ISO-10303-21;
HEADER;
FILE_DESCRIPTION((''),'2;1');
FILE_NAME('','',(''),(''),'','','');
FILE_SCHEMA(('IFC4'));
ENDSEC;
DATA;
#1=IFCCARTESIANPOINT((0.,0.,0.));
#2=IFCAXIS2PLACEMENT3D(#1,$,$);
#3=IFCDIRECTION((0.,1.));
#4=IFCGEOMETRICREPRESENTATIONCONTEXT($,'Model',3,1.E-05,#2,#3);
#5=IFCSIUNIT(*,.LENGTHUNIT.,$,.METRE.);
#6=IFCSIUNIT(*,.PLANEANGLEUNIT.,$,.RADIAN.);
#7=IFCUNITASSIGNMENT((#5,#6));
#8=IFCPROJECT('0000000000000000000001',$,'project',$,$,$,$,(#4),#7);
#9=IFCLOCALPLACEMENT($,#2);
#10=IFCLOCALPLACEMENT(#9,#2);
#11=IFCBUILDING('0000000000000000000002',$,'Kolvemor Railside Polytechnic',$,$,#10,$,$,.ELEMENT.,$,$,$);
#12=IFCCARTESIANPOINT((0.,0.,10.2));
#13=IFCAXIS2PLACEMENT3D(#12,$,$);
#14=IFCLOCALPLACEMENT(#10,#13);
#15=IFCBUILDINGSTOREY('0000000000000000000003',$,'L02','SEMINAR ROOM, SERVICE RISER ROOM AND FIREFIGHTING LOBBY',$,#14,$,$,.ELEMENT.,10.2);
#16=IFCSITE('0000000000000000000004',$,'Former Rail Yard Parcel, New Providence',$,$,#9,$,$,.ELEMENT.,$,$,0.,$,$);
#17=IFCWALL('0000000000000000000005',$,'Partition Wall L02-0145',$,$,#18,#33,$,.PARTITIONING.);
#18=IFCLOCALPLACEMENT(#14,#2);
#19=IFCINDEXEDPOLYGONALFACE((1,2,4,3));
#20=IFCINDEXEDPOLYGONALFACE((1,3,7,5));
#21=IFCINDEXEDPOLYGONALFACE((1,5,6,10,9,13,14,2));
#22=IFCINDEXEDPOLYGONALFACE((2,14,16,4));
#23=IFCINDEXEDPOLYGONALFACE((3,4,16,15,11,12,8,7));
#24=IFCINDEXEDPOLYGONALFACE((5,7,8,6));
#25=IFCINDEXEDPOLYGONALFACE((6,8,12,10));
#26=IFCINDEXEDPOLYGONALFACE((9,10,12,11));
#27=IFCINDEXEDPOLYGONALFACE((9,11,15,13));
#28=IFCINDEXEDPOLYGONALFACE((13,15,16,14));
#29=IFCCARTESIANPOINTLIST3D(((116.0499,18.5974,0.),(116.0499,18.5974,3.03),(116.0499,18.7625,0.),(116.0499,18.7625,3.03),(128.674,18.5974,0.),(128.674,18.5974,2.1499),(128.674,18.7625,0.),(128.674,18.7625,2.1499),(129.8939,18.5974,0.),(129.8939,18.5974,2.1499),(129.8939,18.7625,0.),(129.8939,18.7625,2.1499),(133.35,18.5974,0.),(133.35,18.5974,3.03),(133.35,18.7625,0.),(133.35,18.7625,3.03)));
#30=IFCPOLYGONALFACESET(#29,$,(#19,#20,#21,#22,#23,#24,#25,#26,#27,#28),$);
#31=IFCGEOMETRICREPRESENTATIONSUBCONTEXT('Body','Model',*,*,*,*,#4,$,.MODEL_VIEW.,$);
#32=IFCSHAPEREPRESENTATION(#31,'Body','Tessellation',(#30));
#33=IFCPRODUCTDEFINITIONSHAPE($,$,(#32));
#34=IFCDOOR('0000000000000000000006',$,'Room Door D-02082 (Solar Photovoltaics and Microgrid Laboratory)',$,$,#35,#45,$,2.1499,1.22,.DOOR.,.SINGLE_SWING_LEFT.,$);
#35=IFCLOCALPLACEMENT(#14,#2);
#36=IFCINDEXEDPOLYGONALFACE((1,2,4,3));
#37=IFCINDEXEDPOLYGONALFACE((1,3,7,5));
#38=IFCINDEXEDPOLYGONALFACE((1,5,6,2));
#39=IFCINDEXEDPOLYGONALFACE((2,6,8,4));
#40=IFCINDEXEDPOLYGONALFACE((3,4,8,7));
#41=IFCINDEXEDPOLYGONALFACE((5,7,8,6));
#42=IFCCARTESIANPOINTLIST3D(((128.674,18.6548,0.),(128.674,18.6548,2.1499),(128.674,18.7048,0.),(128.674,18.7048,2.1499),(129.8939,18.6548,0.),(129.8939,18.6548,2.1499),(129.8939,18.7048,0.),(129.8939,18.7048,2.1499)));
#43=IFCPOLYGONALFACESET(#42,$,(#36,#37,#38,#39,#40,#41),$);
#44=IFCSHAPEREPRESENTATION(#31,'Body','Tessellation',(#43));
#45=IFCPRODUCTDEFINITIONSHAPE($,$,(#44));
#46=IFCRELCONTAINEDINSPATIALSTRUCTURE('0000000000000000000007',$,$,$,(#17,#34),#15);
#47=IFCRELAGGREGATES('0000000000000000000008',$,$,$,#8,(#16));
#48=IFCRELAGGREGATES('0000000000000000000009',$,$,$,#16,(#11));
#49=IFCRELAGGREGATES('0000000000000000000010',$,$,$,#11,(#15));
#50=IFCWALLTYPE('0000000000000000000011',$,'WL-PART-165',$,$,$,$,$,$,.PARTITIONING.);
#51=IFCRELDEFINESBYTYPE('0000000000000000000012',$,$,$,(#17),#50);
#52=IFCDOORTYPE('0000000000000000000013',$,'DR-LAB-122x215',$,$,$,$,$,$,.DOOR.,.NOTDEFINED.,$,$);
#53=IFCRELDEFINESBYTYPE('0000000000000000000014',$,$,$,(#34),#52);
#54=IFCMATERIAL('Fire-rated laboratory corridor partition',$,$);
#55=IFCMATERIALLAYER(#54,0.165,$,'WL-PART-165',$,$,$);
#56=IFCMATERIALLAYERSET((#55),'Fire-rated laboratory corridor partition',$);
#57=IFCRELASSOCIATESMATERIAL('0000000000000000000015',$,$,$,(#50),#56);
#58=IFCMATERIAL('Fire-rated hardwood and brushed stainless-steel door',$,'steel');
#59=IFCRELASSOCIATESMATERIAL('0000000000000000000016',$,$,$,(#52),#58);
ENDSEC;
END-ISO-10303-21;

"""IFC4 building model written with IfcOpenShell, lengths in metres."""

from ifc_helpers import new_model, si_unit, direction, frame, frame_2d, origin, place, context, subcontext, project, spatial, rectangle, extrude, material, layer, layer_set, type_object, element, fill, save


model = new_model("IFC4")

# Units and contexts
model_context = context("Model", 3, precision=1e-05, world=origin(), true_north=direction((0.0, 1.0)))
body_context = subcontext(model_context, "Body", "Model", "MODEL_VIEW")
ifc_project = project(units=[si_unit("LENGTHUNIT", "METRE"), si_unit("PLANEANGLEUNIT", "RADIAN")], contexts=[model_context])

# Site, building, storey
site_placement = place(None, origin())
site = spatial("IfcSite", under=ifc_project, at=site_placement, Name="Former Rail Yard Parcel, New Providence", CompositionType="ELEMENT", RefElevation=0.0)
building_placement = place(site_placement, origin())
building = spatial("IfcBuilding", under=site, at=building_placement, Name="Kolvemor Railside Polytechnic", CompositionType="ELEMENT")
storey_placement = place(building_placement, frame((0.0, 0.0, 10.2)))
storey = spatial("IfcBuildingStorey", under=building, at=storey_placement, Name="L02", Description="SEMINAR ROOM, SERVICE RISER ROOM AND FIREFIGHTING LOBBY", CompositionType="ELEMENT", Elevation=10.2)

# Wall, opening, door
ifc_material_1 = material(Name="Fire-rated laboratory corridor partition")
ifc_layer_1 = layer(ifc_material_1, 0.165, Name="WL-PART-165")
ifc_layer_set_1 = layer_set([ifc_layer_1], Name="Fire-rated laboratory corridor partition")
wall_type_1 = type_object("IfcWallType", Name="WL-PART-165", PredefinedType="PARTITIONING", material=ifc_layer_set_1)
wall_1_placement = place(storey_placement, frame((116.05, 18.6799, 0.0), z_axis=(0.0, 0.0, 1.0), x_axis=(1.0, 0.0, 0.0)))
wall_1 = element("IfcWall", 1, at=wall_1_placement, inside=storey, type_object=wall_type_1, Name="Partition Wall L02-0145", PredefinedType="PARTITIONING", context=body_context, shape_type="SweptSolid", body=[
    extrude(rectangle(XDim=17.3, YDim=0.165, at=frame_2d((8.6499, 0.0))), origin(), (0.0, 0.0, 1.0), 3.03),
])
opening_placement = place(wall_1_placement, frame((12.624, 0.0, 0.0)))
opening = element("IfcOpeningElement", 2, at=opening_placement, cuts=wall_1, PredefinedType="OPENING", context=body_context, shape_type="SweptSolid", body=[
    extrude(rectangle(XDim=1.22, YDim=2.1499, at=frame_2d((0.6099, 1.075))), frame((0.0, 0.0925, 0.0), z_axis=(0.0, -1.0, 0.0), x_axis=(1.0, 0.0, 0.0)), (0.0, 0.0, 1.0), 0.1851),
])
ifc_material_2 = material(Name="Fire-rated hardwood and brushed stainless-steel door", Category="steel")
door_type = type_object("IfcDoorType", Name="DR-LAB-122x215", OperationType="NOTDEFINED", PredefinedType="DOOR", material=ifc_material_2)
door_placement = place(opening_placement, origin())
door = element("IfcDoor", 3, at=door_placement, inside=storey, type_object=door_type, Name="Room Door D-02082 (Solar Photovoltaics and Microgrid Laboratory)", OperationType="SINGLE_SWING_LEFT", OverallHeight=2.1499, OverallWidth=1.22, PredefinedType="DOOR", context=body_context, shape_type="SweptSolid", body=[
    extrude(rectangle(XDim=1.22, YDim=2.1499, at=frame_2d((0.6099, 1.075))), frame((0.0, 0.0249, 0.0), z_axis=(0.0, -1.0, 0.0), x_axis=(1.0, 0.0, 0.0)), (0.0, 0.0, 1.0), 0.05),
])
fill(opening, door)

save(model, "model.ifc")
